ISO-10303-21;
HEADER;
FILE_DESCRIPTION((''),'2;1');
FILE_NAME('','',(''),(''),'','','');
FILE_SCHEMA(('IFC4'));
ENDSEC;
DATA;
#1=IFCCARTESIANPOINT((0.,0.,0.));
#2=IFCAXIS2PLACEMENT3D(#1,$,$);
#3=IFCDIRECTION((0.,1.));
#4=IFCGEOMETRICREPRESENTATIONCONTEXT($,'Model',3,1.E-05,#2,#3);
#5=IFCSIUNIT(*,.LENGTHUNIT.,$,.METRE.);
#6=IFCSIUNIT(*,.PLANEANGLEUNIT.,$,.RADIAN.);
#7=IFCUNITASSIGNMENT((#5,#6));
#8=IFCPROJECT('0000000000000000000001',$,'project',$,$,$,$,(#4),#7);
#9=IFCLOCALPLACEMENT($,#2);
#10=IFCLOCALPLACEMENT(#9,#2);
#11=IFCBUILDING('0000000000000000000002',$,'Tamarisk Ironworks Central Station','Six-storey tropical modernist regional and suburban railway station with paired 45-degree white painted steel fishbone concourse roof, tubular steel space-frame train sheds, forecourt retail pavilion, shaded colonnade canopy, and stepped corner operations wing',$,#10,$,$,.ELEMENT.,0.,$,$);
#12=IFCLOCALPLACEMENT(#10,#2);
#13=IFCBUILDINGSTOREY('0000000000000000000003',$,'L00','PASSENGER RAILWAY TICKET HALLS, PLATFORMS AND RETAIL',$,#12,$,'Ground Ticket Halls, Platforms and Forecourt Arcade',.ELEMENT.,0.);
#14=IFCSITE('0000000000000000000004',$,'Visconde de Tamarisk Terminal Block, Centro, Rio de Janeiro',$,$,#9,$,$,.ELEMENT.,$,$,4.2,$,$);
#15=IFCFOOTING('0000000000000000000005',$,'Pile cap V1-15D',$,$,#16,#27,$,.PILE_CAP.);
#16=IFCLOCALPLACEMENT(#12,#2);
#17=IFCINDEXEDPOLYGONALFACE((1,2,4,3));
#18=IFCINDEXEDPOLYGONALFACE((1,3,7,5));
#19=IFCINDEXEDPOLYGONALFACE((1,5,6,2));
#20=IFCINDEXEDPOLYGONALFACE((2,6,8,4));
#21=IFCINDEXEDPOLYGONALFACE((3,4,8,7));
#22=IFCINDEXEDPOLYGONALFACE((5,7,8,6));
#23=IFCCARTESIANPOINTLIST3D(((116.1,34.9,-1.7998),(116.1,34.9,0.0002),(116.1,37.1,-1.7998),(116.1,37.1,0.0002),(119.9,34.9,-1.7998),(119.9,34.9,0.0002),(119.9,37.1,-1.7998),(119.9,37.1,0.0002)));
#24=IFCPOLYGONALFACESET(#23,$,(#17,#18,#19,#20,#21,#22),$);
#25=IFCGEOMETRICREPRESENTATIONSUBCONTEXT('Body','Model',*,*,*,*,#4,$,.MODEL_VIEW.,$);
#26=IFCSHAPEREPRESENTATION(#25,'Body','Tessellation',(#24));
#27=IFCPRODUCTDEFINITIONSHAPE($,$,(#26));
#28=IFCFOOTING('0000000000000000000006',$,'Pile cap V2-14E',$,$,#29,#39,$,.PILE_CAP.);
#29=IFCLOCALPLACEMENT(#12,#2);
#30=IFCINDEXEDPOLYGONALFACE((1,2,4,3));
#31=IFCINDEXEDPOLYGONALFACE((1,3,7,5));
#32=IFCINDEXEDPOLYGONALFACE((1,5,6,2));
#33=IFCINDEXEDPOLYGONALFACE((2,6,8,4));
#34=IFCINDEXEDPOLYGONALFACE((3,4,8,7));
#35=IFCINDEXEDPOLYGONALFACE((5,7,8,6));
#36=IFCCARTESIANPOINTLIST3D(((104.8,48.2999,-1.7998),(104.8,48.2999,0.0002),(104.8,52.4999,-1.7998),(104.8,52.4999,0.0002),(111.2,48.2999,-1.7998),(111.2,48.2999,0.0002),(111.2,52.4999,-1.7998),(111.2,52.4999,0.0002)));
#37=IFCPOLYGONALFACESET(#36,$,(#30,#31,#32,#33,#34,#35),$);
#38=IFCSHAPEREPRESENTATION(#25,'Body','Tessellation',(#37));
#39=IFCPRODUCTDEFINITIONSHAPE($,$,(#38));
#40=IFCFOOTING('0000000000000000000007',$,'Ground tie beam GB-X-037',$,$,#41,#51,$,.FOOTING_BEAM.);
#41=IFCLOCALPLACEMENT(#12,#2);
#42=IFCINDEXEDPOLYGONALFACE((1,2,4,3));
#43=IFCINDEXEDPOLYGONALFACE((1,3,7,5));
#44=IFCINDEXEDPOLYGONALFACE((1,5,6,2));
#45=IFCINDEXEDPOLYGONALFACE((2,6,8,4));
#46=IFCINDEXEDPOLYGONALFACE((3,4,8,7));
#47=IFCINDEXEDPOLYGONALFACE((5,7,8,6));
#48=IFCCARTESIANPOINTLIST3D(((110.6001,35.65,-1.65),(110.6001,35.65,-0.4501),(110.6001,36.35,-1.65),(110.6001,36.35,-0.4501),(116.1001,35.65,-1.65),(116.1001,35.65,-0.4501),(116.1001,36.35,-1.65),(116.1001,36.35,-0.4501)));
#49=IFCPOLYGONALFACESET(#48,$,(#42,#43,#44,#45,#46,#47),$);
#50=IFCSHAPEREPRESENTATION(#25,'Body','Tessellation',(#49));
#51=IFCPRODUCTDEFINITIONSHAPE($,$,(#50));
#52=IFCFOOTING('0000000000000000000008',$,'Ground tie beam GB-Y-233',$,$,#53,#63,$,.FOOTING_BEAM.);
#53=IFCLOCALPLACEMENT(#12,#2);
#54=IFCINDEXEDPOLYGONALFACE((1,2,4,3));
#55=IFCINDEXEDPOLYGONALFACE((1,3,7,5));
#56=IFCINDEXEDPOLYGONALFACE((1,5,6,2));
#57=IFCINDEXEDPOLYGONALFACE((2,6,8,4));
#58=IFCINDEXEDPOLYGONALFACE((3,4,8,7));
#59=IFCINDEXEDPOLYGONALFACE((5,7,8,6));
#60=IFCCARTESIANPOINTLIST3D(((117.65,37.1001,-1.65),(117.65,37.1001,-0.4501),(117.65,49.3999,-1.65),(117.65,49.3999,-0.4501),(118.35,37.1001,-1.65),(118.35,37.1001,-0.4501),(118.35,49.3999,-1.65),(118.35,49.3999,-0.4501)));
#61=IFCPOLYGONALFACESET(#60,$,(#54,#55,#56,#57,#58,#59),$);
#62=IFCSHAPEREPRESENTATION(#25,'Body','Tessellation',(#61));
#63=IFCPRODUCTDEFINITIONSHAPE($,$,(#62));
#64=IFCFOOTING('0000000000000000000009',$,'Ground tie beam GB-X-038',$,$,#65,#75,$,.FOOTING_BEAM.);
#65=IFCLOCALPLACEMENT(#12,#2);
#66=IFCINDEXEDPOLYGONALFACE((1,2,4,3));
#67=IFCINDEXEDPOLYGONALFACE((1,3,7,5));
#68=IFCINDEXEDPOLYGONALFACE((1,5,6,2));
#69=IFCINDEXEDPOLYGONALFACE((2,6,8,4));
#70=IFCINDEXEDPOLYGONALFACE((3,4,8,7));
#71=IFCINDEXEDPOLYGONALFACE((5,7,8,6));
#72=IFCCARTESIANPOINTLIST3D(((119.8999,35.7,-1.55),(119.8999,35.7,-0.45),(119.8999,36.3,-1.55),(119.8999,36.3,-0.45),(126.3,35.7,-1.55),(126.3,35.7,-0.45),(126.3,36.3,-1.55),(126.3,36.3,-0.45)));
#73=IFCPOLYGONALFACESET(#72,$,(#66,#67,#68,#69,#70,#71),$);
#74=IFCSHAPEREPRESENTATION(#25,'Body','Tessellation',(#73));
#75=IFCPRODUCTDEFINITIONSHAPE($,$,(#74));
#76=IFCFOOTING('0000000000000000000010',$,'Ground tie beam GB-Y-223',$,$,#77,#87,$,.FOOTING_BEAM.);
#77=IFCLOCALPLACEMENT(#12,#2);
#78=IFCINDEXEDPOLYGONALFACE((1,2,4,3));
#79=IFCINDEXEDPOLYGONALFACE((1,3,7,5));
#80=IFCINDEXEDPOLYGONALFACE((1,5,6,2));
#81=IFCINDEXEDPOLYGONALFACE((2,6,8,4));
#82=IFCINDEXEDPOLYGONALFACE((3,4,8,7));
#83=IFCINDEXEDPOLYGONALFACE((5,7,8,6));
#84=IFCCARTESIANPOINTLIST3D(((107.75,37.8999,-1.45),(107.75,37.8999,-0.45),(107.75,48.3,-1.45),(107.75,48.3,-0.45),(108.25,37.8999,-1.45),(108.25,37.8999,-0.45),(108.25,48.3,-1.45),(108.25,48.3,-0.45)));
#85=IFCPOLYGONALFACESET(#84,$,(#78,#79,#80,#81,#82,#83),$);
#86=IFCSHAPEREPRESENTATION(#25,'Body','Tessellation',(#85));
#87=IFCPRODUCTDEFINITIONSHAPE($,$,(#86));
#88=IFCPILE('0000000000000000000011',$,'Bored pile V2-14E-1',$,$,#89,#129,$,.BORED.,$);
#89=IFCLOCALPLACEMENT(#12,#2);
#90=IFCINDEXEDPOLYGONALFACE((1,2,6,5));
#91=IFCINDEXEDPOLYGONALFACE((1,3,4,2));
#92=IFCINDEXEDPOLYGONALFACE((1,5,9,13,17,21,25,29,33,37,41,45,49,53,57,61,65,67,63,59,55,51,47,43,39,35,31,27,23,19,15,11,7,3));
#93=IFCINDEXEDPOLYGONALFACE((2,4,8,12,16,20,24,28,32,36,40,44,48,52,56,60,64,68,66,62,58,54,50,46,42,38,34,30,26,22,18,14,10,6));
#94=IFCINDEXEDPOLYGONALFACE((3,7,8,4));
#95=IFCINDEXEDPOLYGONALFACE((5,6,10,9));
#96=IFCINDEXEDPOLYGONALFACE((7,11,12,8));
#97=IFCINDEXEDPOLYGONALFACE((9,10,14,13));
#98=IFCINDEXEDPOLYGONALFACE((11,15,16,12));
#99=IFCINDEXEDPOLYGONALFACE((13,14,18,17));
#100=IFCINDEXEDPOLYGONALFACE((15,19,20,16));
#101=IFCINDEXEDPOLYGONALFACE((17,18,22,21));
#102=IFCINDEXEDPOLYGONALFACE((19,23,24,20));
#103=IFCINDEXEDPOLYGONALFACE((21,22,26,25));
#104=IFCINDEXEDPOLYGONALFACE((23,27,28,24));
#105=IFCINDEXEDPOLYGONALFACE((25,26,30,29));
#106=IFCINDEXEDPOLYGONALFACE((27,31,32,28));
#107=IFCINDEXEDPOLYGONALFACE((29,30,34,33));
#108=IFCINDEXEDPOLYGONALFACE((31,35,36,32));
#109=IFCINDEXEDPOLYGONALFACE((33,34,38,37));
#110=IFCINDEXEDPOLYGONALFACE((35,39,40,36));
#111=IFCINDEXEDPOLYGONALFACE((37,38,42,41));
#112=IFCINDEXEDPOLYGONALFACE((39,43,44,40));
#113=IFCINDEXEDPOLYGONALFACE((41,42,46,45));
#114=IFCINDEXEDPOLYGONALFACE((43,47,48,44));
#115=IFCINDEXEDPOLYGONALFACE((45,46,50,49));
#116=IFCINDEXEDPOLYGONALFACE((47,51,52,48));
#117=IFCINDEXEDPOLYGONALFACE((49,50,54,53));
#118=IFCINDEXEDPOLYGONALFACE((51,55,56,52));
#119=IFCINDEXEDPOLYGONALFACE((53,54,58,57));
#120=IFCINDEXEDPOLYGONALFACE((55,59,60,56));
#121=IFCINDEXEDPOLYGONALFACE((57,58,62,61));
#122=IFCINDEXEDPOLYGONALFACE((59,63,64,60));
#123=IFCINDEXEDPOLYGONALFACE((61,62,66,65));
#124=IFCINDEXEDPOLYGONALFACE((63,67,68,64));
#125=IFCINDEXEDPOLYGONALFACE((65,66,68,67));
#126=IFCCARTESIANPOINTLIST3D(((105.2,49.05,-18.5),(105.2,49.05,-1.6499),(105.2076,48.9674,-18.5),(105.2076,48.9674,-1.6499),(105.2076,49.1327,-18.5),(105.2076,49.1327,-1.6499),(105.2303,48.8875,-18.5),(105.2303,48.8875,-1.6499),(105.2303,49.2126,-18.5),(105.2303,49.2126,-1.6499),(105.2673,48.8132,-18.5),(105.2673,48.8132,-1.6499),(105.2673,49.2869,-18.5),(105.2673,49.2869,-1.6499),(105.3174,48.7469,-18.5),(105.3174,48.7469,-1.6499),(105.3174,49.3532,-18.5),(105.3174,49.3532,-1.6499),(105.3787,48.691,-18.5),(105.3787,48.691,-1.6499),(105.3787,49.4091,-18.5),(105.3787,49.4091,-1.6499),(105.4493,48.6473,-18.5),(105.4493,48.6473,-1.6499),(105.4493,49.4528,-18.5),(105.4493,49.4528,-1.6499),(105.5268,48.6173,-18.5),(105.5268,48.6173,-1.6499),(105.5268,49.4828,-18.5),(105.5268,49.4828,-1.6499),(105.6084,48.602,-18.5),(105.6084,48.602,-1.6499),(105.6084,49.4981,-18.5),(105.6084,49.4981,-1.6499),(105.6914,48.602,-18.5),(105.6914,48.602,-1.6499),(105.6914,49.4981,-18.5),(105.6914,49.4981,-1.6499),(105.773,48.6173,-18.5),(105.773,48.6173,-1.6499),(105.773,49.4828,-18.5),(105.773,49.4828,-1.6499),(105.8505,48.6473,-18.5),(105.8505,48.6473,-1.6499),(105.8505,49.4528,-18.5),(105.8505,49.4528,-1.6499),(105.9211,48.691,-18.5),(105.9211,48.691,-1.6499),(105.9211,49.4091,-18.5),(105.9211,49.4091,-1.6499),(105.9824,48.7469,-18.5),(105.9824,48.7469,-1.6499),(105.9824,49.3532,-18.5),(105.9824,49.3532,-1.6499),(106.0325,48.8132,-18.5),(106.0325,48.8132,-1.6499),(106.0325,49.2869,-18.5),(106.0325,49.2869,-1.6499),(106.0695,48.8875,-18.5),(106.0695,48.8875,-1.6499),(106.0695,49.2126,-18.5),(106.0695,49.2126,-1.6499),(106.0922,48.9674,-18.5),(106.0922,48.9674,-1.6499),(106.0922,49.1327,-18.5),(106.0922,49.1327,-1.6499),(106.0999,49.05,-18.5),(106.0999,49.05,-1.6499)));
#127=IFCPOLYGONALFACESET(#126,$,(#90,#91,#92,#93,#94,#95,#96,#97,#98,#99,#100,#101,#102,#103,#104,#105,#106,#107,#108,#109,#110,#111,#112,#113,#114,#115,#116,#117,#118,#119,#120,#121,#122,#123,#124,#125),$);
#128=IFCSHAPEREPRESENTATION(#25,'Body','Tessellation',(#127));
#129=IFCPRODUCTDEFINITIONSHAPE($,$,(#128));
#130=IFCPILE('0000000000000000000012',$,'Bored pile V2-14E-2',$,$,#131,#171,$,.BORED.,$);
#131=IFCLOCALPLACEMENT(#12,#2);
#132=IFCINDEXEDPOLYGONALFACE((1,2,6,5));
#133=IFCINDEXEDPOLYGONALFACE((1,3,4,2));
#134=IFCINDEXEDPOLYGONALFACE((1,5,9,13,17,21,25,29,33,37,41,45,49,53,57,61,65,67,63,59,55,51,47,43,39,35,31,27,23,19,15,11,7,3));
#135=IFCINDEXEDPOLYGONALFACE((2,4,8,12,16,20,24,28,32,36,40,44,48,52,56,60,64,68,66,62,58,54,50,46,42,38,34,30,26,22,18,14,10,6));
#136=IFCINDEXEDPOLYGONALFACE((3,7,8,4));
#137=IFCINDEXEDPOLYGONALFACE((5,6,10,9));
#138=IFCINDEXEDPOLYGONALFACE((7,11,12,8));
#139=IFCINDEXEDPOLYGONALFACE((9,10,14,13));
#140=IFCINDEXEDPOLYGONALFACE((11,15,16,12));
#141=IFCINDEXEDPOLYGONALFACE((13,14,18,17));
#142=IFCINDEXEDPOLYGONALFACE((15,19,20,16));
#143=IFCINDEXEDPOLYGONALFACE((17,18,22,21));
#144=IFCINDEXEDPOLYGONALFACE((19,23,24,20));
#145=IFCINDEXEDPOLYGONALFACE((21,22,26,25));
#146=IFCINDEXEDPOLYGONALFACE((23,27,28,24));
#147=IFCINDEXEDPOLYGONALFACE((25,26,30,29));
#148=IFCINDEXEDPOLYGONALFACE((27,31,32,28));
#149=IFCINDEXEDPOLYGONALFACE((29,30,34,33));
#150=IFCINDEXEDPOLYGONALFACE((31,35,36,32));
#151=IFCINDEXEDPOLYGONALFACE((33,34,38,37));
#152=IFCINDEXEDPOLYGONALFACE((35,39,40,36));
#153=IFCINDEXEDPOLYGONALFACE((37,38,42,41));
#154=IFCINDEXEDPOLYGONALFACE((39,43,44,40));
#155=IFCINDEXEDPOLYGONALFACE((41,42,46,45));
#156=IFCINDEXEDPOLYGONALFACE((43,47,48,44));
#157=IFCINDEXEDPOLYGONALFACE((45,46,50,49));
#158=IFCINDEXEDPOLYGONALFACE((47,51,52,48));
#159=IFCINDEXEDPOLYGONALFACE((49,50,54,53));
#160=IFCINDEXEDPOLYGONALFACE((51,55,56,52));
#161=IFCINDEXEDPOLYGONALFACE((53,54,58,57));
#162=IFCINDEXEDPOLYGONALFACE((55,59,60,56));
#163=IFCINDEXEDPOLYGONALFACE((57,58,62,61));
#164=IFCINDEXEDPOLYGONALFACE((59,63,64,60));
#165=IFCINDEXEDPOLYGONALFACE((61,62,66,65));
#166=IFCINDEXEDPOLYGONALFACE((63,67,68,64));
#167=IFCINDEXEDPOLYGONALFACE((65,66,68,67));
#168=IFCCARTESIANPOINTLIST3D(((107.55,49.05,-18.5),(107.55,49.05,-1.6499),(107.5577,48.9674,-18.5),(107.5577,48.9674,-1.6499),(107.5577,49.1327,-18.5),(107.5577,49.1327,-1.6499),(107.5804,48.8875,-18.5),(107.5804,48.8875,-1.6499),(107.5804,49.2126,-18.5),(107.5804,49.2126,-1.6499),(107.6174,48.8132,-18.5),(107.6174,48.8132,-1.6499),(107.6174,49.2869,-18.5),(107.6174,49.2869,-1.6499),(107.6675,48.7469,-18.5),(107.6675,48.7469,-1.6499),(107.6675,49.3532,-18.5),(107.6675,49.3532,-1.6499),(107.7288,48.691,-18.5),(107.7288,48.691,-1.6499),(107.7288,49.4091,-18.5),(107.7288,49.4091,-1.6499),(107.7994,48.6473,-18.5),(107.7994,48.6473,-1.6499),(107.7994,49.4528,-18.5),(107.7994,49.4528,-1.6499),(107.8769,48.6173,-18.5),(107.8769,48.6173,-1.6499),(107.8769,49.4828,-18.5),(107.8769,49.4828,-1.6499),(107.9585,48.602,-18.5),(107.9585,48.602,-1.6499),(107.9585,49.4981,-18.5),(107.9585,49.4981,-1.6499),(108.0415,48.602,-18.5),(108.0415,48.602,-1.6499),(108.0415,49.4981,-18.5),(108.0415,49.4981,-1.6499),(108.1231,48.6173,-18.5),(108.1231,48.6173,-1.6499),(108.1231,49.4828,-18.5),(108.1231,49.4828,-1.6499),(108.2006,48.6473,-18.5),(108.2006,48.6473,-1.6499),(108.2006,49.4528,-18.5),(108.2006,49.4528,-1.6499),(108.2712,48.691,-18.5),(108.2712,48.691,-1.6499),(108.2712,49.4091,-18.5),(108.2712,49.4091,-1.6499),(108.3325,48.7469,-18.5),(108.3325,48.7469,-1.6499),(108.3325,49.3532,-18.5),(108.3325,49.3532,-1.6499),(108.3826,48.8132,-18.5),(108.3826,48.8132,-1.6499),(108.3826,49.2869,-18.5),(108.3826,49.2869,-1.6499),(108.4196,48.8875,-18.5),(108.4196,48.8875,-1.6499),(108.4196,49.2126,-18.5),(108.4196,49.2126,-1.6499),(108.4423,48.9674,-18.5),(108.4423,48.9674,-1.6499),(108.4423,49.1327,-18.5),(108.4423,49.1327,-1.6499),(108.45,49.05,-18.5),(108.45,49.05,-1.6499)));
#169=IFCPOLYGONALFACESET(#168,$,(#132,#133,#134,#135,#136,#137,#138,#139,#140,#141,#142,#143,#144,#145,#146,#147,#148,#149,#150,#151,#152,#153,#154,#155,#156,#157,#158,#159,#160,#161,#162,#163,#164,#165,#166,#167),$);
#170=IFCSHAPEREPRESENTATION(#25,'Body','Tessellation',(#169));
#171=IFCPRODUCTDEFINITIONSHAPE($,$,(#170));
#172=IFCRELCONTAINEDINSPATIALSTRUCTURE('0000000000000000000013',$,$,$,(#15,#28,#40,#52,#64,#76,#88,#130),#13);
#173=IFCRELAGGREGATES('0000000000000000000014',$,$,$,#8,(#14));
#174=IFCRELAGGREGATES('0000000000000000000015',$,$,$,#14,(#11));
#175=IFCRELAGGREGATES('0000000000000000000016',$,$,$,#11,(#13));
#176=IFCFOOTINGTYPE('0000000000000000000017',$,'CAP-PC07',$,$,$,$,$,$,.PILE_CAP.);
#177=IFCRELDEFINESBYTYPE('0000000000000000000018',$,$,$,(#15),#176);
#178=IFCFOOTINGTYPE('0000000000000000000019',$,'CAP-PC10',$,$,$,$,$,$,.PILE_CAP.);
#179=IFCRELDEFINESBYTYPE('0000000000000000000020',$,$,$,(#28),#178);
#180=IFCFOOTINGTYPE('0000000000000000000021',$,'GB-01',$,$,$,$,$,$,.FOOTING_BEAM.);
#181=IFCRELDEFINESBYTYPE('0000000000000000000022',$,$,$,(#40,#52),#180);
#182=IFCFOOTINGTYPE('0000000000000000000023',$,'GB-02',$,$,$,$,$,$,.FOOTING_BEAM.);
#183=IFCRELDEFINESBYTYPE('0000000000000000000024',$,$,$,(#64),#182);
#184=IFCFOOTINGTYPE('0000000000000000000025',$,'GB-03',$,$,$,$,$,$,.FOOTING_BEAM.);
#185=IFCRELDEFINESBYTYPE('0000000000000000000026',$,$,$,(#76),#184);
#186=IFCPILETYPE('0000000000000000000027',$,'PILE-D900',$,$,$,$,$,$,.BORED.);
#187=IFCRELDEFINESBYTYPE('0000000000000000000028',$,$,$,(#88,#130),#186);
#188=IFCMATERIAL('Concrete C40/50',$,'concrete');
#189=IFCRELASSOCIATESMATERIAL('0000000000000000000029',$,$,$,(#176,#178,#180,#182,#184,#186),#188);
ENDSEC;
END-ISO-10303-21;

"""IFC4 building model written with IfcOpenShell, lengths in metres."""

from ifc_helpers import new_model, si_unit, direction, frame, origin, origin_2d, place, context, subcontext, project, spatial, rectangle, circle, extrude, material, material_profile, profile_set, type_object, element, save


model = new_model("IFC4")

# Units and contexts
model_context = context("Model", 3, precision=1e-05, world=origin(), true_north=direction((0.0, 1.0)))
body_context = subcontext(model_context, "Body", "Model", "MODEL_VIEW")
ifc_project = project(units=[si_unit("LENGTHUNIT", "METRE"), si_unit("PLANEANGLEUNIT", "RADIAN")], contexts=[model_context])

# Site, building, storey
site_placement = place(None, origin())
site = spatial("IfcSite", under=ifc_project, at=site_placement, Name="Visconde de Tamarisk Terminal Block, Centro, Rio de Janeiro", CompositionType="ELEMENT", RefElevation=4.2)
building_placement = place(site_placement, origin())
building = spatial("IfcBuilding", under=site, at=building_placement, Name="Tamarisk Ironworks Central Station", Description="Six-storey tropical modernist regional and suburban railway station with paired 45-degree white painted steel fishbone concourse roof, tubular steel space-frame train sheds, forecourt retail pavilion, shaded colonnade canopy, and stepped corner operations wing", CompositionType="ELEMENT", ElevationOfRefHeight=0.0)
storey_placement = place(building_placement, origin())
storey = spatial("IfcBuildingStorey", under=building, at=storey_placement, Name="L00", Description="PASSENGER RAILWAY TICKET HALLS, PLATFORMS AND RETAIL", LongName="Ground Ticket Halls, Platforms and Forecourt Arcade", CompositionType="ELEMENT", Elevation=0.0)

# Footings
ifc_material_1 = material(Name="Concrete C40/50", Category="concrete")
footing_type_1 = type_object("IfcFootingType", Name="CAP-PC07", PredefinedType="PILE_CAP", material=ifc_material_1)
footing_1_placement = place(storey_placement, frame((118.0, 36.0, -1.7998), z_axis=(0.0, 0.0, 1.0), x_axis=(1.0, 0.0, 0.0)))
element("IfcFooting", 1, at=footing_1_placement, inside=storey, type_object=footing_type_1, Name="Pile cap V1-15D", PredefinedType="PILE_CAP", context=body_context, shape_type="SweptSolid", body=[
    extrude(rectangle(XDim=3.8, YDim=2.2, at=origin_2d()), origin(), (0.0, 0.0, 1.0), 1.8),
])
footing_type_2 = type_object("IfcFootingType", Name="CAP-PC10", PredefinedType="PILE_CAP", material=ifc_material_1)
footing_2_placement = place(storey_placement, frame((108.0, 50.3999, -1.7998), z_axis=(0.0, 0.0, 1.0), x_axis=(1.0, 0.0, 0.0)))
element("IfcFooting", 2, at=footing_2_placement, inside=storey, type_object=footing_type_2, Name="Pile cap V2-14E", PredefinedType="PILE_CAP", context=body_context, shape_type="SweptSolid", body=[
    extrude(rectangle(XDim=6.3999, YDim=4.2, at=origin_2d()), origin(), (0.0, 0.0, 1.0), 1.8),
])
ifc_material_profile_1 = material_profile(ifc_material_1, rectangle(XDim=0.7, YDim=1.2, at=origin_2d()), Name="GB01 700x1200")
ifc_profile_set_1 = profile_set([ifc_material_profile_1], Name="Concrete C40/50")
footing_type_3 = type_object("IfcFootingType", Name="GB-01", PredefinedType="FOOTING_BEAM", material=ifc_profile_set_1)
footing_3_placement = place(storey_placement, frame((110.6001, 36.0, -1.05), z_axis=(1.0, 0.0, 0.0), x_axis=(0.0, 1.0, 0.0)))
element("IfcFooting", 3, at=footing_3_placement, inside=storey, type_object=footing_type_3, Name="Ground tie beam GB-X-037", PredefinedType="FOOTING_BEAM", context=body_context, shape_type="SweptSolid", body=[
    extrude(rectangle(XDim=0.7, YDim=1.2, at=origin_2d()), origin(), (0.0, 0.0, 1.0), 5.5),
])
footing_4_placement = place(storey_placement, frame((118.0, 37.1001, -1.05), z_axis=(0.0, 1.0, 0.0), x_axis=(-1.0, 0.0, 0.0)))
element("IfcFooting", 4, at=footing_4_placement, inside=storey, type_object=footing_type_3, Name="Ground tie beam GB-Y-233", PredefinedType="FOOTING_BEAM", context=body_context, shape_type="SweptSolid", body=[
    extrude(rectangle(XDim=0.7, YDim=1.2, at=origin_2d()), origin(), (0.0, 0.0, 1.0), 12.2998),
])
ifc_material_profile_2 = material_profile(ifc_material_1, rectangle(XDim=0.6001, YDim=1.1001, at=origin_2d()), Name="GB02 600x1100")
ifc_profile_set_2 = profile_set([ifc_material_profile_2], Name="Concrete C40/50")
footing_type_4 = type_object("IfcFootingType", Name="GB-02", PredefinedType="FOOTING_BEAM", material=ifc_profile_set_2)
footing_5_placement = place(storey_placement, frame((119.8999, 36.0, -1.0), z_axis=(1.0, 0.0, 0.0), x_axis=(0.0, 1.0, 0.0)))
element("IfcFooting", 5, at=footing_5_placement, inside=storey, type_object=footing_type_4, Name="Ground tie beam GB-X-038", PredefinedType="FOOTING_BEAM", context=body_context, shape_type="SweptSolid", body=[
    extrude(rectangle(XDim=0.6001, YDim=1.1001, at=origin_2d()), origin(), (0.0, 0.0, 1.0), 6.4001),
])
ifc_material_profile_3 = material_profile(ifc_material_1, rectangle(XDim=0.5, YDim=1.0, at=origin_2d()), Name="GB03 500x1000")
ifc_profile_set_3 = profile_set([ifc_material_profile_3], Name="Concrete C40/50")
footing_type_5 = type_object("IfcFootingType", Name="GB-03", PredefinedType="FOOTING_BEAM", material=ifc_profile_set_3)
footing_6_placement = place(storey_placement, frame((108.0, 37.8999, -0.95), z_axis=(0.0, 1.0, 0.0), x_axis=(-1.0, 0.0, 0.0)))
element("IfcFooting", 6, at=footing_6_placement, inside=storey, type_object=footing_type_5, Name="Ground tie beam GB-Y-223", PredefinedType="FOOTING_BEAM", context=body_context, shape_type="SweptSolid", body=[
    extrude(rectangle(XDim=0.5, YDim=1.0, at=origin_2d()), origin(), (0.0, 0.0, 1.0), 10.4001),
])

# Piles
ifc_material_profile_4 = material_profile(ifc_material_1, circle(Radius=0.45, at=origin_2d()), Name="BORED PILE D900")
ifc_profile_set_4 = profile_set([ifc_material_profile_4], Name="Concrete C40/50")
pile_type = type_object("IfcPileType", Name="PILE-D900", PredefinedType="BORED", material=ifc_profile_set_4)
for number, where, z_axis, x_axis, name in (
    (7, (105.6499, 49.05, -1.6499), (0.0, 0.0, -1.0), (1.0, 0.0, 0.0), "Bored pile V2-14E-1"),
    (8, (108.0, 49.05, -1.6499), (0.0, 0.0, -1.0), (1.0, 0.0, 0.0), "Bored pile V2-14E-2"),
):
    element("IfcPile", number, at=place(storey_placement, frame(where, z_axis=z_axis, x_axis=x_axis)), inside=storey, type_object=pile_type, Name=name, PredefinedType="BORED", context=body_context, shape_type="SweptSolid", body=[
        extrude(circle(Radius=0.45, at=origin_2d()), origin(), (0.0, 0.0, 1.0), 16.8501),
    ])

save(model, "model.ifc")
